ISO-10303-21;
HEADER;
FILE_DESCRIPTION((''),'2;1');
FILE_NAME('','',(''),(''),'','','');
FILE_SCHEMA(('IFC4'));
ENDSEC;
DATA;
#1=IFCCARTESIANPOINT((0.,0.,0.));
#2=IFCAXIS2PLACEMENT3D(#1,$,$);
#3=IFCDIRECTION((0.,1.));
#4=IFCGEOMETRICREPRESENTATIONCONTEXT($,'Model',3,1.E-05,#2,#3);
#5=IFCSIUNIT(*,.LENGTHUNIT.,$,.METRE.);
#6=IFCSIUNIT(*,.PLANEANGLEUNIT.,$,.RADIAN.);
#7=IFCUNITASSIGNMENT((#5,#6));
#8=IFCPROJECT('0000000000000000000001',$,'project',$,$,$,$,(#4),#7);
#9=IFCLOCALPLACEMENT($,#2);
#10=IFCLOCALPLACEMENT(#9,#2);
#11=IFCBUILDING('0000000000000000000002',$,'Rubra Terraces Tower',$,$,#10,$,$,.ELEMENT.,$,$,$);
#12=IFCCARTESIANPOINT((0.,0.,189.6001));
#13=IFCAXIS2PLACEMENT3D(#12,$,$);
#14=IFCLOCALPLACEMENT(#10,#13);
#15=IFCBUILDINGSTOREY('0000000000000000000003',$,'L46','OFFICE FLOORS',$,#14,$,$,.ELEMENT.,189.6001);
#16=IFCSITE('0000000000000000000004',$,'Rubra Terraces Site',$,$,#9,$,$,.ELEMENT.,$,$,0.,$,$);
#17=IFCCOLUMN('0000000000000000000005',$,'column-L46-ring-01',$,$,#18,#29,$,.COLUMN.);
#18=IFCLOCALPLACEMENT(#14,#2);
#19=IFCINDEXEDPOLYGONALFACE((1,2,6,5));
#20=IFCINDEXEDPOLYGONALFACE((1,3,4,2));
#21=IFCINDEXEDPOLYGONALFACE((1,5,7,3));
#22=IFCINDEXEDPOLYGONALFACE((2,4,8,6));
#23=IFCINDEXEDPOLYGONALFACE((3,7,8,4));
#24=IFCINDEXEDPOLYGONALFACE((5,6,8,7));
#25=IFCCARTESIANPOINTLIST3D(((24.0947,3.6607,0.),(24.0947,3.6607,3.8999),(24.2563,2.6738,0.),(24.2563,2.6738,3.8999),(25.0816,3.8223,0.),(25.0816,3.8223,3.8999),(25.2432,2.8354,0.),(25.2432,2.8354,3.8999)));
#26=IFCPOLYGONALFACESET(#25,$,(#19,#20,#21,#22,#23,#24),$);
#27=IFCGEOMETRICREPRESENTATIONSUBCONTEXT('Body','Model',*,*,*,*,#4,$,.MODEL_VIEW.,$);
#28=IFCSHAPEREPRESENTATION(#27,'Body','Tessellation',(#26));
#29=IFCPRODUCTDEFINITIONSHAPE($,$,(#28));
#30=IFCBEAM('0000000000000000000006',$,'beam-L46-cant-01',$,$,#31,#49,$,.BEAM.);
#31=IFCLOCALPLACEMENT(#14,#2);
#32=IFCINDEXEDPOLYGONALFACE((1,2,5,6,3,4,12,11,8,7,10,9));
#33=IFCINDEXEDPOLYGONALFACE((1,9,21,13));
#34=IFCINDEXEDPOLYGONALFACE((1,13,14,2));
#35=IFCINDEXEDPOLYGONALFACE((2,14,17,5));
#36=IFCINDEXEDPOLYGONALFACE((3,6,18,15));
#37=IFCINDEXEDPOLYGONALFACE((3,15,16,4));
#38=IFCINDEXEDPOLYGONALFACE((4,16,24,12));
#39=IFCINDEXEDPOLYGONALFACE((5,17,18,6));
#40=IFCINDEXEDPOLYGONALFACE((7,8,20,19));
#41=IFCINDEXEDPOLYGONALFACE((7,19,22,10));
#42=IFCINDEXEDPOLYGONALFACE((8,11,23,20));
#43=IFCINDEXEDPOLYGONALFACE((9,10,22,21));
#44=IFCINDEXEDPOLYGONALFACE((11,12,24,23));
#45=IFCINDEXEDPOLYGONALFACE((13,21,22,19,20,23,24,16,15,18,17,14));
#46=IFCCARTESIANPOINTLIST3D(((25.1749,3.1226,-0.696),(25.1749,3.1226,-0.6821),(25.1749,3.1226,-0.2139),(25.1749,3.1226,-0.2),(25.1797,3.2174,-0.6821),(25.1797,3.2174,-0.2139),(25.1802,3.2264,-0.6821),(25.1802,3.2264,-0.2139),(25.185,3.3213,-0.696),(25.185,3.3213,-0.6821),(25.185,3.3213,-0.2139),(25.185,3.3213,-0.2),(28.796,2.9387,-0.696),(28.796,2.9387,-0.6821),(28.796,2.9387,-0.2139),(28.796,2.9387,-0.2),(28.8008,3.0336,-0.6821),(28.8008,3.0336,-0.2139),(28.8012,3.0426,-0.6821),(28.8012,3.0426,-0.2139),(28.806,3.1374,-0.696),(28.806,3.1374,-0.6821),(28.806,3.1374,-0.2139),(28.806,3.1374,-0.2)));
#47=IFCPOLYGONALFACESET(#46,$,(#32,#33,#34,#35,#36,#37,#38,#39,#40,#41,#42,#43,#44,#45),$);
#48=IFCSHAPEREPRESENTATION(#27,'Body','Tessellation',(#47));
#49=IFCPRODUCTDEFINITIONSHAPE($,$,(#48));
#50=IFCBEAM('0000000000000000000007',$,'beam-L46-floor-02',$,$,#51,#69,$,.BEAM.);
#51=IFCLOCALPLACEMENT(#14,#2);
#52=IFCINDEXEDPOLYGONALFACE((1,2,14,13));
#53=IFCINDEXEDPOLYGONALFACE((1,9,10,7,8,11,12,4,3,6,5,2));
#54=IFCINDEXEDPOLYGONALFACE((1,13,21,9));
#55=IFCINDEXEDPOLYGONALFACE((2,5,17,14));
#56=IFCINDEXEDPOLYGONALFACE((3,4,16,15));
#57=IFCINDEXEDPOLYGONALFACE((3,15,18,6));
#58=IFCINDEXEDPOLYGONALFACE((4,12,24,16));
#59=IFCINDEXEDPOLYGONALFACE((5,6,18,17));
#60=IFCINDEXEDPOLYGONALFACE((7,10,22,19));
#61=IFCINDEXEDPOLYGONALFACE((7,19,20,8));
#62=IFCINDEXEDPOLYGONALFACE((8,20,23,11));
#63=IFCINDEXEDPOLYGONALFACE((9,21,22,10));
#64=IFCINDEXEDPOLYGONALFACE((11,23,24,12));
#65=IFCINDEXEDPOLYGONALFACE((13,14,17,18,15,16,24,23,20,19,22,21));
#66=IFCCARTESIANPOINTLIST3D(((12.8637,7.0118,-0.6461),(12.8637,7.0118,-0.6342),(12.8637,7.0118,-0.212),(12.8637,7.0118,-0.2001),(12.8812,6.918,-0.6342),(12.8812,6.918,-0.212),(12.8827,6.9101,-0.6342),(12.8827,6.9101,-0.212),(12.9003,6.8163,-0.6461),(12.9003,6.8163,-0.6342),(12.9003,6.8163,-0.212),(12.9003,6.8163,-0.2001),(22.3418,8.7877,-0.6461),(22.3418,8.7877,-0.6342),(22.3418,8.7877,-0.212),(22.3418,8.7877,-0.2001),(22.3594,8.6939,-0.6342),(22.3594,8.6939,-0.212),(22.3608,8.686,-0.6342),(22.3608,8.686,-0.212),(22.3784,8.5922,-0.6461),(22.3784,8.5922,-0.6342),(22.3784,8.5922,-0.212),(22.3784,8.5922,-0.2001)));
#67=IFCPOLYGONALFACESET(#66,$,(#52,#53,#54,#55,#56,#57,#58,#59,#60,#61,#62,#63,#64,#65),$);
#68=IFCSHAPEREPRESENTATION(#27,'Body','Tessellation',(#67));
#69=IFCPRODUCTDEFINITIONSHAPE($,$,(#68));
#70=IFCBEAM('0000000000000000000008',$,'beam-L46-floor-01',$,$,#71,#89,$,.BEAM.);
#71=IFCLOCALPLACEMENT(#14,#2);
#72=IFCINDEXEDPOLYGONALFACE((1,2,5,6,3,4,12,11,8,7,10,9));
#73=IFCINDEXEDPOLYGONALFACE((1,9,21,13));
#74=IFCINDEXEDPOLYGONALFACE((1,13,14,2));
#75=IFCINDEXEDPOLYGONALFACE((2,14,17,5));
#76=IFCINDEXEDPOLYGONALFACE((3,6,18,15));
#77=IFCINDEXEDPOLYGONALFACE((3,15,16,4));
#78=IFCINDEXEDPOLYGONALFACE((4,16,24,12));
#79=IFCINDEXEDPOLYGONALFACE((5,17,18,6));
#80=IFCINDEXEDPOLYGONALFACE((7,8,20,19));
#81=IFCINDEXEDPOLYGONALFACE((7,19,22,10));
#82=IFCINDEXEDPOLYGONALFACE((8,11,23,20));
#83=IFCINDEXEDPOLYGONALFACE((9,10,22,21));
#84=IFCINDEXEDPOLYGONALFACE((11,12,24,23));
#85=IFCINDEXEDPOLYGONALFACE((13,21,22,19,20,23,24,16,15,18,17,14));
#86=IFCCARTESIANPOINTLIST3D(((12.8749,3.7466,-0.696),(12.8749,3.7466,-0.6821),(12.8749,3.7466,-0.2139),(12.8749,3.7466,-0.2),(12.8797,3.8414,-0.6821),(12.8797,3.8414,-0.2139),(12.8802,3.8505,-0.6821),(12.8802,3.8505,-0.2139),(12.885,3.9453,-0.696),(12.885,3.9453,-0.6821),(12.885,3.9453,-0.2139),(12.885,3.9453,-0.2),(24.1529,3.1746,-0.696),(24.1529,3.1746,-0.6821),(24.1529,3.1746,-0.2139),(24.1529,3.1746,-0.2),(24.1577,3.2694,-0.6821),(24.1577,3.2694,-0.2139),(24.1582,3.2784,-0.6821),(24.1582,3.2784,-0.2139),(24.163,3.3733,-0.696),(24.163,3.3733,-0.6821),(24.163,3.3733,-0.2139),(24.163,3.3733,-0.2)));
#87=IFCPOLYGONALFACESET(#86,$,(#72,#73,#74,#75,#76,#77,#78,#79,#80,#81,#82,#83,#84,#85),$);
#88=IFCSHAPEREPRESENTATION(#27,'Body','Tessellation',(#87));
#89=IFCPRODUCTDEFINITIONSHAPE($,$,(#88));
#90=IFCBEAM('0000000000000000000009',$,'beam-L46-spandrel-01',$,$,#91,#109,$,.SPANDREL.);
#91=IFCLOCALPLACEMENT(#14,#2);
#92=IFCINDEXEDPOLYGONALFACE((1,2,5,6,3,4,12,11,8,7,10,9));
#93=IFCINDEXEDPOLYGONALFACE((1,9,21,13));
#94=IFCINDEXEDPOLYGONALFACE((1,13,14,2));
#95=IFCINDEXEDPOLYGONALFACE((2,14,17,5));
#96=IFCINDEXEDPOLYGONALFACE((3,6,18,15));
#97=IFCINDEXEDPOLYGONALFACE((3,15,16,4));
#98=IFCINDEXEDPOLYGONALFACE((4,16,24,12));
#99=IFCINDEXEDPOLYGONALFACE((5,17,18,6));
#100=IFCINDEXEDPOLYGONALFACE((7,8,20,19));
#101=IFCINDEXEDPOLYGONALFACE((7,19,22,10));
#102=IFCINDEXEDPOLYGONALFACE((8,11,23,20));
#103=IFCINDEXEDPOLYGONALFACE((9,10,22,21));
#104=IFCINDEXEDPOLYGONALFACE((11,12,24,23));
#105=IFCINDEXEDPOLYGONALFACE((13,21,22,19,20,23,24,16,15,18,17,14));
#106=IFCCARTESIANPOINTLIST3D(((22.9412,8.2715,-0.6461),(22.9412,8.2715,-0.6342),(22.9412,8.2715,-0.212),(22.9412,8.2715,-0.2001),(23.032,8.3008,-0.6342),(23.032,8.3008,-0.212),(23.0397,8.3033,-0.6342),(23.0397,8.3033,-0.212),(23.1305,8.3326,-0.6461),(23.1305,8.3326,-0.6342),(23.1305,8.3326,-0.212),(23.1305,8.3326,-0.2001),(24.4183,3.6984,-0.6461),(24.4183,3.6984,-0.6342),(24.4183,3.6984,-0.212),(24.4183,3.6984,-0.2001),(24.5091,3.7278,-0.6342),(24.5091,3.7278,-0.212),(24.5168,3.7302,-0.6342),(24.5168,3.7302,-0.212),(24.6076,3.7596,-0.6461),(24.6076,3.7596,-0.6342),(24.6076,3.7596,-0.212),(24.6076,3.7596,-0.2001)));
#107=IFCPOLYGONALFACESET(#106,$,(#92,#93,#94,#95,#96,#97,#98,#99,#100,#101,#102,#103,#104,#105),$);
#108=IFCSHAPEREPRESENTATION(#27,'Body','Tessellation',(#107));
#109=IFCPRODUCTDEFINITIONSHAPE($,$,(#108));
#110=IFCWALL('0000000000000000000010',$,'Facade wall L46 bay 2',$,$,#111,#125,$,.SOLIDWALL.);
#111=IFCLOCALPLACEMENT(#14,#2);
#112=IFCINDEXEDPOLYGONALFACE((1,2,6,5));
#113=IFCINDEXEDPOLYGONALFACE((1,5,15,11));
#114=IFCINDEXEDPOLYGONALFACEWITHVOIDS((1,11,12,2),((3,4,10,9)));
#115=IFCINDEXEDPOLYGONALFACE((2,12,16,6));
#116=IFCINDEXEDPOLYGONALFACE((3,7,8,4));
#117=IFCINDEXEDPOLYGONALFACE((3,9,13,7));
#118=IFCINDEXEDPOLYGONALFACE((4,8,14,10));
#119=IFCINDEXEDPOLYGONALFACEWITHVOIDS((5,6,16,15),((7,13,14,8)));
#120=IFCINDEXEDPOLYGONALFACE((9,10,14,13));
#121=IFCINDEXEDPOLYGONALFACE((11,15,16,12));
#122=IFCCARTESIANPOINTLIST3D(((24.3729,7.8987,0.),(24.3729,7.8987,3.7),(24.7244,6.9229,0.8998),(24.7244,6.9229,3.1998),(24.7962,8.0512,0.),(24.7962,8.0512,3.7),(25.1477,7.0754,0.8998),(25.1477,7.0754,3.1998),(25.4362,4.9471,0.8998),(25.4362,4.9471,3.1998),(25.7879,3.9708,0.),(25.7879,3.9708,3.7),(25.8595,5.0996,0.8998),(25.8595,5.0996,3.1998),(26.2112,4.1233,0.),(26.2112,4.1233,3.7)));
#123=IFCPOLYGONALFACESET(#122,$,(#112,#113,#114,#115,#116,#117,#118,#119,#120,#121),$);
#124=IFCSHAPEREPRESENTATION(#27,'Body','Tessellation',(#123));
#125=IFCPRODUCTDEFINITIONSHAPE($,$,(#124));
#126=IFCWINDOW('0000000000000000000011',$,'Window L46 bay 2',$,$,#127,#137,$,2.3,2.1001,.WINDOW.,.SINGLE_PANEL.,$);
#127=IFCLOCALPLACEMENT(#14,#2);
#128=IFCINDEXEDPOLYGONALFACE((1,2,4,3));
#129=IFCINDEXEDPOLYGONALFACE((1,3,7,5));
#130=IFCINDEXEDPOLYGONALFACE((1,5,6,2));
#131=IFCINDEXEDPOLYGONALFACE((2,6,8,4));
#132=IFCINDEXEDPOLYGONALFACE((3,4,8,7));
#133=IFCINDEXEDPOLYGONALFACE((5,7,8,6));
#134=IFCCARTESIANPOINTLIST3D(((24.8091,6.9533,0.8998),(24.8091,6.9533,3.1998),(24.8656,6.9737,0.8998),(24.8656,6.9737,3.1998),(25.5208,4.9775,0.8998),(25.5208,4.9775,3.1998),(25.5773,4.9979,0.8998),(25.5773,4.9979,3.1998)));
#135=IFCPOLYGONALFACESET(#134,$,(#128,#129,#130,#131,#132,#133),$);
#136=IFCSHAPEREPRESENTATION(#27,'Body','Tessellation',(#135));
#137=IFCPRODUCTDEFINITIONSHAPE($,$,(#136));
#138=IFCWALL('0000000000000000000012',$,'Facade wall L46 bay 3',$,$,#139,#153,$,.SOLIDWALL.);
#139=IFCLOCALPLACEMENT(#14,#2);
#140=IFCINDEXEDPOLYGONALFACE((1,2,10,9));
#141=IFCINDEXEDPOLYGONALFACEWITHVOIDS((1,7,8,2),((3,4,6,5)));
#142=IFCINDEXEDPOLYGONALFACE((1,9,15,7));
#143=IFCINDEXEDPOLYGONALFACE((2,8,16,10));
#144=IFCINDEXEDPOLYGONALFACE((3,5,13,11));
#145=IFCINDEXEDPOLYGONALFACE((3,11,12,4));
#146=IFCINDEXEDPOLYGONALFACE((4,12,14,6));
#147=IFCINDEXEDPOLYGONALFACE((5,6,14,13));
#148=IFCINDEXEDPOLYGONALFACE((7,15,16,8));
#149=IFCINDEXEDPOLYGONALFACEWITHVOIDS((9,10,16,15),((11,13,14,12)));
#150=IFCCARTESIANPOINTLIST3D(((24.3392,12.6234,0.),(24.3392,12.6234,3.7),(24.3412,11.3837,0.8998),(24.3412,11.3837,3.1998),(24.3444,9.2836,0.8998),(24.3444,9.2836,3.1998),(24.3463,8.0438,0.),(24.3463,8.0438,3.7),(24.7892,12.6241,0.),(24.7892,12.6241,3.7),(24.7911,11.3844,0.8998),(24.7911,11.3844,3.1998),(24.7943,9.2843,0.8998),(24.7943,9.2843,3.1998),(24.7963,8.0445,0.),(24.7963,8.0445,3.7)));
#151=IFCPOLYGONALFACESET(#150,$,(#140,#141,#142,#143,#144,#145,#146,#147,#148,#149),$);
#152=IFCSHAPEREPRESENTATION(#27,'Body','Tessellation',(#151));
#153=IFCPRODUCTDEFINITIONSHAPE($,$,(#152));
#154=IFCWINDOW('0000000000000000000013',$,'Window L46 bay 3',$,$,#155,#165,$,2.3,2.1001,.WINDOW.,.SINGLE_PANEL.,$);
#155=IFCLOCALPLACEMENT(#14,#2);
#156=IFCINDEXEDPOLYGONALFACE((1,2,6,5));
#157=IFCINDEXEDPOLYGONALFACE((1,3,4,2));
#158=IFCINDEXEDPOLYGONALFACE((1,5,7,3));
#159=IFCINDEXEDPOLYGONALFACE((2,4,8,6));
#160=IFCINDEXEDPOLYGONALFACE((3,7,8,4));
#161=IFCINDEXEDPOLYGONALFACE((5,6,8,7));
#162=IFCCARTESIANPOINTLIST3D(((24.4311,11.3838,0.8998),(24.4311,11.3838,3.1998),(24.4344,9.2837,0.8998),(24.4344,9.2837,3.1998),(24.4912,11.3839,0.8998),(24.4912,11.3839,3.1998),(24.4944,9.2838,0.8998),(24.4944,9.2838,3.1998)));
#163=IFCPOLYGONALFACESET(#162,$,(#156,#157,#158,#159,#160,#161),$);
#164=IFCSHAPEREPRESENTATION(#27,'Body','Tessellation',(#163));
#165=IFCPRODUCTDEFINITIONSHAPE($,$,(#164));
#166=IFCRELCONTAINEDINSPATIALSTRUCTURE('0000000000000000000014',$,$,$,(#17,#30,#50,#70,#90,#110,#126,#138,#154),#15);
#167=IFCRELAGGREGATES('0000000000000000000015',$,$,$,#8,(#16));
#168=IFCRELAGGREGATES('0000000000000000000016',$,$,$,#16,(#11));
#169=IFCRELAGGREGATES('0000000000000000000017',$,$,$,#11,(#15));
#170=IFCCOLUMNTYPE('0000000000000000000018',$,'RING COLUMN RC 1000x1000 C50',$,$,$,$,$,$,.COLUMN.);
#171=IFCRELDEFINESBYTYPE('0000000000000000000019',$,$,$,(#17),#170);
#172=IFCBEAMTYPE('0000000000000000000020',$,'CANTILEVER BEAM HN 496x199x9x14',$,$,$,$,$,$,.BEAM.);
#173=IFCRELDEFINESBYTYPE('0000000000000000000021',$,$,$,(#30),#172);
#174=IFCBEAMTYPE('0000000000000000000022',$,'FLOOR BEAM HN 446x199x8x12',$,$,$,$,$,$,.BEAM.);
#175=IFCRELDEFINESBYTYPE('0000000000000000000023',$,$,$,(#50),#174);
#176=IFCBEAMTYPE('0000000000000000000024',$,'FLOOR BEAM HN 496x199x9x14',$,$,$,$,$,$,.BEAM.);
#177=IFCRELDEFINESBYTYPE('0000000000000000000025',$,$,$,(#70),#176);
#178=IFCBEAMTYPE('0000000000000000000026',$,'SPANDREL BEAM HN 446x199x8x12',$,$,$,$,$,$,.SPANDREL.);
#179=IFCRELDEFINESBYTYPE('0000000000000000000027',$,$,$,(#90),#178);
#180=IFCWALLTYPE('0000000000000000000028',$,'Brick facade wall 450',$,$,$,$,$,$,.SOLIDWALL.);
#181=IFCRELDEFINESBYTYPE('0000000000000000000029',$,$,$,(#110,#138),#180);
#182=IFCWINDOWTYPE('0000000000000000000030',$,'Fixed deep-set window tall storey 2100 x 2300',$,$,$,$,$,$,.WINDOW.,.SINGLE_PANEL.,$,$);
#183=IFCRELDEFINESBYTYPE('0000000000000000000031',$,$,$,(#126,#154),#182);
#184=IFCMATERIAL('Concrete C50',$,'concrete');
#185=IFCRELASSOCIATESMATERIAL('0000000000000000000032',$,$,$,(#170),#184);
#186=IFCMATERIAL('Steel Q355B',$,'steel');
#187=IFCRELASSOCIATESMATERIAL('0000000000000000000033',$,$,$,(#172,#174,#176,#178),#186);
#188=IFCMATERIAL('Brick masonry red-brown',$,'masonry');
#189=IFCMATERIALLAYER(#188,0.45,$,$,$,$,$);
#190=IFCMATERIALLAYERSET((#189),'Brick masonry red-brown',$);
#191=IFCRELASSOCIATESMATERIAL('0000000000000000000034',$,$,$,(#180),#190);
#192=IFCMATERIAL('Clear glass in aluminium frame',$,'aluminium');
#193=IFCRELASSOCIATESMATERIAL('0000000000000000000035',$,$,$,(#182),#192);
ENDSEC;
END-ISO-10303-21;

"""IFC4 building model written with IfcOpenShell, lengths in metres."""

from ifc_helpers import new_model, si_unit, direction, frame, frame_2d, origin, origin_2d, place, context, subcontext, project, spatial, rectangle, i_section, extrude, material, layer, layer_set, material_profile, profile_set, type_object, element, fill, save


model = new_model("IFC4")

# Units and contexts
model_context = context("Model", 3, precision=1e-05, world=origin(), true_north=direction((0.0, 1.0)))
body_context = subcontext(model_context, "Body", "Model", "MODEL_VIEW")
ifc_project = project(units=[si_unit("LENGTHUNIT", "METRE"), si_unit("PLANEANGLEUNIT", "RADIAN")], contexts=[model_context])

# Site, building, storey
site_placement = place(None, origin())
site = spatial("IfcSite", under=ifc_project, at=site_placement, Name="Rubra Terraces Site", CompositionType="ELEMENT", RefElevation=0.0)
building_placement = place(site_placement, origin())
building = spatial("IfcBuilding", under=site, at=building_placement, Name="Rubra Terraces Tower", CompositionType="ELEMENT")
storey_placement = place(building_placement, frame((0.0, 0.0, 189.6001)))
storey = spatial("IfcBuildingStorey", under=building, at=storey_placement, Name="L46", Description="OFFICE FLOORS", CompositionType="ELEMENT", Elevation=189.6001)

# Column
ifc_material_1 = material(Name="Concrete C50", Category="concrete")
ifc_material_profile_1 = material_profile(ifc_material_1, rectangle(XDim=1.0, YDim=1.0, at=origin_2d()), Name="RC 1000x1000")
ifc_profile_set_1 = profile_set([ifc_material_profile_1], Name="Concrete C50")
column_type = type_object("IfcColumnType", Name="RING COLUMN RC 1000x1000 C50", PredefinedType="COLUMN", material=ifc_profile_set_1)
column_placement = place(storey_placement, frame((24.6689, 3.248, 0.0), z_axis=(0.0, 0.0, 1.0), x_axis=(-0.161559, 0.986863, 0.0)))
element("IfcColumn", 1, at=column_placement, inside=storey, type_object=column_type, Name="column-L46-ring-01", PredefinedType="COLUMN", context=body_context, shape_type="SweptSolid", body=[
    extrude(rectangle(XDim=1.0, YDim=1.0, at=origin_2d()), origin(), (0.0, 0.0, 1.0), 3.8999),
])

# Beams
ifc_material_2 = material(Name="Steel Q355B", Category="steel")
ifc_material_profile_2 = material_profile(ifc_material_2, i_section(OverallWidth=0.199, OverallDepth=0.4961, WebThickness=0.009, FlangeThickness=0.0139, at=origin_2d()), Name="HN 496x199x9x14")
ifc_profile_set_2 = profile_set([ifc_material_profile_2], Name="Steel Q355B")
beam_type_1 = type_object("IfcBeamType", Name="CANTILEVER BEAM HN 496x199x9x14", PredefinedType="BEAM", material=ifc_profile_set_2)
beam_1_placement = place(storey_placement, frame((25.1799, 3.2219, -0.448), z_axis=(0.998714, -0.050703, 0.0), x_axis=(0.050703, 0.998714, 0.0)))
element("IfcBeam", 2, at=beam_1_placement, inside=storey, type_object=beam_type_1, Name="beam-L46-cant-01", PredefinedType="BEAM", context=body_context, shape_type="SweptSolid", body=[
    extrude(i_section(OverallWidth=0.199, OverallDepth=0.4961, WebThickness=0.009, FlangeThickness=0.0139, at=origin_2d()), origin(), (0.0, 0.0, 1.0), 3.6257),
])
ifc_material_profile_3 = material_profile(ifc_material_2, i_section(OverallWidth=0.199, OverallDepth=0.446, WebThickness=0.0081, FlangeThickness=0.012, at=origin_2d()), Name="HN 446x199x8x12")
ifc_profile_set_3 = profile_set([ifc_material_profile_3], Name="Steel Q355B")
beam_type_2 = type_object("IfcBeamType", Name="FLOOR BEAM HN 446x199x8x12", PredefinedType="BEAM", material=ifc_profile_set_3)
beam_2_placement = place(storey_placement, frame((22.3601, 8.6899, -0.4231), z_axis=(-0.982896, -0.184163, 0.0), x_axis=(0.184163, -0.982896, 0.0)))
element("IfcBeam", 3, at=beam_2_placement, inside=storey, type_object=beam_type_2, Name="beam-L46-floor-02", PredefinedType="BEAM", context=body_context, shape_type="SweptSolid", body=[
    extrude(i_section(OverallWidth=0.199, OverallDepth=0.446, WebThickness=0.0081, FlangeThickness=0.012, at=origin_2d()), origin(), (0.0, 0.0, 1.0), 9.6431),
])
ifc_material_profile_4 = material_profile(ifc_material_2, i_section(OverallWidth=0.199, OverallDepth=0.4961, WebThickness=0.009, FlangeThickness=0.0139, at=origin_2d()), Name="HN 496x199x9x14")
ifc_profile_set_4 = profile_set([ifc_material_profile_4], Name="Steel Q355B")
beam_type_3 = type_object("IfcBeamType", Name="FLOOR BEAM HN 496x199x9x14", PredefinedType="BEAM", material=ifc_profile_set_4)
beam_3_placement = place(storey_placement, frame((24.158, 3.2739, -0.448), z_axis=(-0.998716, 0.050655, 0.0), x_axis=(-0.050655, -0.998716, 0.0)))
element("IfcBeam", 4, at=beam_3_placement, inside=storey, type_object=beam_type_3, Name="beam-L46-floor-01", PredefinedType="BEAM", context=body_context, shape_type="SweptSolid", body=[
    extrude(i_section(OverallWidth=0.199, OverallDepth=0.4961, WebThickness=0.009, FlangeThickness=0.0139, at=origin_2d()), origin(), (0.0, 0.0, 1.0), 11.2925),
])
ifc_material_profile_5 = material_profile(ifc_material_2, i_section(OverallWidth=0.199, OverallDepth=0.446, WebThickness=0.0081, FlangeThickness=0.012, at=origin_2d()), Name="HN 446x199x8x12")
ifc_profile_set_5 = profile_set([ifc_material_profile_5], Name="Steel Q355B")
beam_type_4 = type_object("IfcBeamType", Name="SPANDREL BEAM HN 446x199x8x12", PredefinedType="SPANDREL", material=ifc_profile_set_5)
beam_4_placement = place(storey_placement, frame((24.5129, 3.729, -0.4231), z_axis=(-0.307359, 0.951594, 0.0), x_axis=(-0.951594, -0.307359, 0.0)))
element("IfcBeam", 5, at=beam_4_placement, inside=storey, type_object=beam_type_4, Name="beam-L46-spandrel-01", PredefinedType="SPANDREL", context=body_context, shape_type="SweptSolid", body=[
    extrude(i_section(OverallWidth=0.199, OverallDepth=0.446, WebThickness=0.0081, FlangeThickness=0.012, at=origin_2d()), origin(), (0.0, 0.0, 1.0), 4.8057),
])

# Walls, openings, windows
ifc_material_3 = material(Name="Brick masonry red-brown", Category="masonry")
ifc_layer_1 = layer(ifc_material_3, 0.45)
ifc_layer_set_1 = layer_set([ifc_layer_1], Name="Brick masonry red-brown")
wall_type_1 = type_object("IfcWallType", Name="Brick facade wall 450", PredefinedType="SOLIDWALL", material=ifc_layer_set_1)
wall_1_placement = place(storey_placement, frame((25.9995, 4.0471, 0.0), z_axis=(0.0, 0.0, 1.0), x_axis=(-0.338924, 0.940814, 0.0)))
wall_1 = element("IfcWall", 6, at=wall_1_placement, inside=storey, type_object=wall_type_1, Name="Facade wall L46 bay 2", PredefinedType="SOLIDWALL", context=body_context, shape_type="SweptSolid", body=[
    extrude(rectangle(XDim=4.175, YDim=0.45, at=frame_2d((2.0874, 0.0))), origin(), (0.0, 0.0, 1.0), 3.7),
])
opening_1_placement = place(wall_1_placement, frame((1.0376, 0.0, 0.8999)))
opening_1 = element("IfcOpeningElement", 7, at=opening_1_placement, cuts=wall_1, PredefinedType="OPENING", context=body_context, shape_type="SweptSolid", body=[
    extrude(rectangle(XDim=2.1001, YDim=2.3, at=frame_2d((1.05, 1.1499))), frame((0.0, 0.2349, 0.0), z_axis=(0.0, -1.0, 0.0), x_axis=(1.0, 0.0, 0.0)), (0.0, 0.0, 1.0), 0.47),
])
ifc_material_4 = material(Name="Clear glass in aluminium frame", Category="aluminium")
window_type = type_object("IfcWindowType", Name="Fixed deep-set window tall storey 2100 x 2300", PartitioningType="SINGLE_PANEL", PredefinedType="WINDOW", material=ifc_material_4)
window_1_placement = place(opening_1_placement, origin())
window_1 = element("IfcWindow", 8, at=window_1_placement, inside=storey, type_object=window_type, Name="Window L46 bay 2", OverallHeight=2.3, OverallWidth=2.1001, PartitioningType="SINGLE_PANEL", PredefinedType="WINDOW", context=body_context, shape_type="SweptSolid", body=[
    extrude(rectangle(XDim=2.1001, YDim=2.3, at=frame_2d((1.05, 1.1499))), frame((0.0, 0.135, 0.0), z_axis=(0.0, -1.0, 0.0), x_axis=(1.0, 0.0, 0.0)), (0.0, 0.0, 1.0), 0.0601),
])
fill(opening_1, window_1)
wall_2_placement = place(storey_placement, frame((24.5713, 8.0442, 0.0), z_axis=(0.0, 0.0, 1.0), x_axis=(-0.001546, 0.999999, 0.0)))
wall_2 = element("IfcWall", 9, at=wall_2_placement, inside=storey, type_object=wall_type_1, Name="Facade wall L46 bay 3", PredefinedType="SOLIDWALL", context=body_context, shape_type="SweptSolid", body=[
    extrude(rectangle(XDim=4.5796, YDim=0.45, at=frame_2d((2.2898, 0.0))), origin(), (0.0, 0.0, 1.0), 3.7),
])
opening_2_placement = place(wall_2_placement, frame((1.2397, 0.0, 0.8999)))
opening_2 = element("IfcOpeningElement", 10, at=opening_2_placement, cuts=wall_2, PredefinedType="OPENING", context=body_context, shape_type="SweptSolid", body=[
    extrude(rectangle(XDim=2.1001, YDim=2.3, at=frame_2d((1.05, 1.1499))), frame((0.0, 0.2349, 0.0), z_axis=(0.0, -1.0, 0.0), x_axis=(1.0, 0.0, 0.0)), (0.0, 0.0, 1.0), 0.47),
])
window_2_placement = place(opening_2_placement, origin())
window_2 = element("IfcWindow", 11, at=window_2_placement, inside=storey, type_object=window_type, Name="Window L46 bay 3", OverallHeight=2.3, OverallWidth=2.1001, PartitioningType="SINGLE_PANEL", PredefinedType="WINDOW", context=body_context, shape_type="SweptSolid", body=[
    extrude(rectangle(XDim=2.1001, YDim=2.3, at=frame_2d((1.05, 1.1499))), frame((0.0, 0.135, 0.0), z_axis=(0.0, -1.0, 0.0), x_axis=(1.0, 0.0, 0.0)), (0.0, 0.0, 1.0), 0.0601),
])
fill(opening_2, window_2)

save(model, "model.ifc")
